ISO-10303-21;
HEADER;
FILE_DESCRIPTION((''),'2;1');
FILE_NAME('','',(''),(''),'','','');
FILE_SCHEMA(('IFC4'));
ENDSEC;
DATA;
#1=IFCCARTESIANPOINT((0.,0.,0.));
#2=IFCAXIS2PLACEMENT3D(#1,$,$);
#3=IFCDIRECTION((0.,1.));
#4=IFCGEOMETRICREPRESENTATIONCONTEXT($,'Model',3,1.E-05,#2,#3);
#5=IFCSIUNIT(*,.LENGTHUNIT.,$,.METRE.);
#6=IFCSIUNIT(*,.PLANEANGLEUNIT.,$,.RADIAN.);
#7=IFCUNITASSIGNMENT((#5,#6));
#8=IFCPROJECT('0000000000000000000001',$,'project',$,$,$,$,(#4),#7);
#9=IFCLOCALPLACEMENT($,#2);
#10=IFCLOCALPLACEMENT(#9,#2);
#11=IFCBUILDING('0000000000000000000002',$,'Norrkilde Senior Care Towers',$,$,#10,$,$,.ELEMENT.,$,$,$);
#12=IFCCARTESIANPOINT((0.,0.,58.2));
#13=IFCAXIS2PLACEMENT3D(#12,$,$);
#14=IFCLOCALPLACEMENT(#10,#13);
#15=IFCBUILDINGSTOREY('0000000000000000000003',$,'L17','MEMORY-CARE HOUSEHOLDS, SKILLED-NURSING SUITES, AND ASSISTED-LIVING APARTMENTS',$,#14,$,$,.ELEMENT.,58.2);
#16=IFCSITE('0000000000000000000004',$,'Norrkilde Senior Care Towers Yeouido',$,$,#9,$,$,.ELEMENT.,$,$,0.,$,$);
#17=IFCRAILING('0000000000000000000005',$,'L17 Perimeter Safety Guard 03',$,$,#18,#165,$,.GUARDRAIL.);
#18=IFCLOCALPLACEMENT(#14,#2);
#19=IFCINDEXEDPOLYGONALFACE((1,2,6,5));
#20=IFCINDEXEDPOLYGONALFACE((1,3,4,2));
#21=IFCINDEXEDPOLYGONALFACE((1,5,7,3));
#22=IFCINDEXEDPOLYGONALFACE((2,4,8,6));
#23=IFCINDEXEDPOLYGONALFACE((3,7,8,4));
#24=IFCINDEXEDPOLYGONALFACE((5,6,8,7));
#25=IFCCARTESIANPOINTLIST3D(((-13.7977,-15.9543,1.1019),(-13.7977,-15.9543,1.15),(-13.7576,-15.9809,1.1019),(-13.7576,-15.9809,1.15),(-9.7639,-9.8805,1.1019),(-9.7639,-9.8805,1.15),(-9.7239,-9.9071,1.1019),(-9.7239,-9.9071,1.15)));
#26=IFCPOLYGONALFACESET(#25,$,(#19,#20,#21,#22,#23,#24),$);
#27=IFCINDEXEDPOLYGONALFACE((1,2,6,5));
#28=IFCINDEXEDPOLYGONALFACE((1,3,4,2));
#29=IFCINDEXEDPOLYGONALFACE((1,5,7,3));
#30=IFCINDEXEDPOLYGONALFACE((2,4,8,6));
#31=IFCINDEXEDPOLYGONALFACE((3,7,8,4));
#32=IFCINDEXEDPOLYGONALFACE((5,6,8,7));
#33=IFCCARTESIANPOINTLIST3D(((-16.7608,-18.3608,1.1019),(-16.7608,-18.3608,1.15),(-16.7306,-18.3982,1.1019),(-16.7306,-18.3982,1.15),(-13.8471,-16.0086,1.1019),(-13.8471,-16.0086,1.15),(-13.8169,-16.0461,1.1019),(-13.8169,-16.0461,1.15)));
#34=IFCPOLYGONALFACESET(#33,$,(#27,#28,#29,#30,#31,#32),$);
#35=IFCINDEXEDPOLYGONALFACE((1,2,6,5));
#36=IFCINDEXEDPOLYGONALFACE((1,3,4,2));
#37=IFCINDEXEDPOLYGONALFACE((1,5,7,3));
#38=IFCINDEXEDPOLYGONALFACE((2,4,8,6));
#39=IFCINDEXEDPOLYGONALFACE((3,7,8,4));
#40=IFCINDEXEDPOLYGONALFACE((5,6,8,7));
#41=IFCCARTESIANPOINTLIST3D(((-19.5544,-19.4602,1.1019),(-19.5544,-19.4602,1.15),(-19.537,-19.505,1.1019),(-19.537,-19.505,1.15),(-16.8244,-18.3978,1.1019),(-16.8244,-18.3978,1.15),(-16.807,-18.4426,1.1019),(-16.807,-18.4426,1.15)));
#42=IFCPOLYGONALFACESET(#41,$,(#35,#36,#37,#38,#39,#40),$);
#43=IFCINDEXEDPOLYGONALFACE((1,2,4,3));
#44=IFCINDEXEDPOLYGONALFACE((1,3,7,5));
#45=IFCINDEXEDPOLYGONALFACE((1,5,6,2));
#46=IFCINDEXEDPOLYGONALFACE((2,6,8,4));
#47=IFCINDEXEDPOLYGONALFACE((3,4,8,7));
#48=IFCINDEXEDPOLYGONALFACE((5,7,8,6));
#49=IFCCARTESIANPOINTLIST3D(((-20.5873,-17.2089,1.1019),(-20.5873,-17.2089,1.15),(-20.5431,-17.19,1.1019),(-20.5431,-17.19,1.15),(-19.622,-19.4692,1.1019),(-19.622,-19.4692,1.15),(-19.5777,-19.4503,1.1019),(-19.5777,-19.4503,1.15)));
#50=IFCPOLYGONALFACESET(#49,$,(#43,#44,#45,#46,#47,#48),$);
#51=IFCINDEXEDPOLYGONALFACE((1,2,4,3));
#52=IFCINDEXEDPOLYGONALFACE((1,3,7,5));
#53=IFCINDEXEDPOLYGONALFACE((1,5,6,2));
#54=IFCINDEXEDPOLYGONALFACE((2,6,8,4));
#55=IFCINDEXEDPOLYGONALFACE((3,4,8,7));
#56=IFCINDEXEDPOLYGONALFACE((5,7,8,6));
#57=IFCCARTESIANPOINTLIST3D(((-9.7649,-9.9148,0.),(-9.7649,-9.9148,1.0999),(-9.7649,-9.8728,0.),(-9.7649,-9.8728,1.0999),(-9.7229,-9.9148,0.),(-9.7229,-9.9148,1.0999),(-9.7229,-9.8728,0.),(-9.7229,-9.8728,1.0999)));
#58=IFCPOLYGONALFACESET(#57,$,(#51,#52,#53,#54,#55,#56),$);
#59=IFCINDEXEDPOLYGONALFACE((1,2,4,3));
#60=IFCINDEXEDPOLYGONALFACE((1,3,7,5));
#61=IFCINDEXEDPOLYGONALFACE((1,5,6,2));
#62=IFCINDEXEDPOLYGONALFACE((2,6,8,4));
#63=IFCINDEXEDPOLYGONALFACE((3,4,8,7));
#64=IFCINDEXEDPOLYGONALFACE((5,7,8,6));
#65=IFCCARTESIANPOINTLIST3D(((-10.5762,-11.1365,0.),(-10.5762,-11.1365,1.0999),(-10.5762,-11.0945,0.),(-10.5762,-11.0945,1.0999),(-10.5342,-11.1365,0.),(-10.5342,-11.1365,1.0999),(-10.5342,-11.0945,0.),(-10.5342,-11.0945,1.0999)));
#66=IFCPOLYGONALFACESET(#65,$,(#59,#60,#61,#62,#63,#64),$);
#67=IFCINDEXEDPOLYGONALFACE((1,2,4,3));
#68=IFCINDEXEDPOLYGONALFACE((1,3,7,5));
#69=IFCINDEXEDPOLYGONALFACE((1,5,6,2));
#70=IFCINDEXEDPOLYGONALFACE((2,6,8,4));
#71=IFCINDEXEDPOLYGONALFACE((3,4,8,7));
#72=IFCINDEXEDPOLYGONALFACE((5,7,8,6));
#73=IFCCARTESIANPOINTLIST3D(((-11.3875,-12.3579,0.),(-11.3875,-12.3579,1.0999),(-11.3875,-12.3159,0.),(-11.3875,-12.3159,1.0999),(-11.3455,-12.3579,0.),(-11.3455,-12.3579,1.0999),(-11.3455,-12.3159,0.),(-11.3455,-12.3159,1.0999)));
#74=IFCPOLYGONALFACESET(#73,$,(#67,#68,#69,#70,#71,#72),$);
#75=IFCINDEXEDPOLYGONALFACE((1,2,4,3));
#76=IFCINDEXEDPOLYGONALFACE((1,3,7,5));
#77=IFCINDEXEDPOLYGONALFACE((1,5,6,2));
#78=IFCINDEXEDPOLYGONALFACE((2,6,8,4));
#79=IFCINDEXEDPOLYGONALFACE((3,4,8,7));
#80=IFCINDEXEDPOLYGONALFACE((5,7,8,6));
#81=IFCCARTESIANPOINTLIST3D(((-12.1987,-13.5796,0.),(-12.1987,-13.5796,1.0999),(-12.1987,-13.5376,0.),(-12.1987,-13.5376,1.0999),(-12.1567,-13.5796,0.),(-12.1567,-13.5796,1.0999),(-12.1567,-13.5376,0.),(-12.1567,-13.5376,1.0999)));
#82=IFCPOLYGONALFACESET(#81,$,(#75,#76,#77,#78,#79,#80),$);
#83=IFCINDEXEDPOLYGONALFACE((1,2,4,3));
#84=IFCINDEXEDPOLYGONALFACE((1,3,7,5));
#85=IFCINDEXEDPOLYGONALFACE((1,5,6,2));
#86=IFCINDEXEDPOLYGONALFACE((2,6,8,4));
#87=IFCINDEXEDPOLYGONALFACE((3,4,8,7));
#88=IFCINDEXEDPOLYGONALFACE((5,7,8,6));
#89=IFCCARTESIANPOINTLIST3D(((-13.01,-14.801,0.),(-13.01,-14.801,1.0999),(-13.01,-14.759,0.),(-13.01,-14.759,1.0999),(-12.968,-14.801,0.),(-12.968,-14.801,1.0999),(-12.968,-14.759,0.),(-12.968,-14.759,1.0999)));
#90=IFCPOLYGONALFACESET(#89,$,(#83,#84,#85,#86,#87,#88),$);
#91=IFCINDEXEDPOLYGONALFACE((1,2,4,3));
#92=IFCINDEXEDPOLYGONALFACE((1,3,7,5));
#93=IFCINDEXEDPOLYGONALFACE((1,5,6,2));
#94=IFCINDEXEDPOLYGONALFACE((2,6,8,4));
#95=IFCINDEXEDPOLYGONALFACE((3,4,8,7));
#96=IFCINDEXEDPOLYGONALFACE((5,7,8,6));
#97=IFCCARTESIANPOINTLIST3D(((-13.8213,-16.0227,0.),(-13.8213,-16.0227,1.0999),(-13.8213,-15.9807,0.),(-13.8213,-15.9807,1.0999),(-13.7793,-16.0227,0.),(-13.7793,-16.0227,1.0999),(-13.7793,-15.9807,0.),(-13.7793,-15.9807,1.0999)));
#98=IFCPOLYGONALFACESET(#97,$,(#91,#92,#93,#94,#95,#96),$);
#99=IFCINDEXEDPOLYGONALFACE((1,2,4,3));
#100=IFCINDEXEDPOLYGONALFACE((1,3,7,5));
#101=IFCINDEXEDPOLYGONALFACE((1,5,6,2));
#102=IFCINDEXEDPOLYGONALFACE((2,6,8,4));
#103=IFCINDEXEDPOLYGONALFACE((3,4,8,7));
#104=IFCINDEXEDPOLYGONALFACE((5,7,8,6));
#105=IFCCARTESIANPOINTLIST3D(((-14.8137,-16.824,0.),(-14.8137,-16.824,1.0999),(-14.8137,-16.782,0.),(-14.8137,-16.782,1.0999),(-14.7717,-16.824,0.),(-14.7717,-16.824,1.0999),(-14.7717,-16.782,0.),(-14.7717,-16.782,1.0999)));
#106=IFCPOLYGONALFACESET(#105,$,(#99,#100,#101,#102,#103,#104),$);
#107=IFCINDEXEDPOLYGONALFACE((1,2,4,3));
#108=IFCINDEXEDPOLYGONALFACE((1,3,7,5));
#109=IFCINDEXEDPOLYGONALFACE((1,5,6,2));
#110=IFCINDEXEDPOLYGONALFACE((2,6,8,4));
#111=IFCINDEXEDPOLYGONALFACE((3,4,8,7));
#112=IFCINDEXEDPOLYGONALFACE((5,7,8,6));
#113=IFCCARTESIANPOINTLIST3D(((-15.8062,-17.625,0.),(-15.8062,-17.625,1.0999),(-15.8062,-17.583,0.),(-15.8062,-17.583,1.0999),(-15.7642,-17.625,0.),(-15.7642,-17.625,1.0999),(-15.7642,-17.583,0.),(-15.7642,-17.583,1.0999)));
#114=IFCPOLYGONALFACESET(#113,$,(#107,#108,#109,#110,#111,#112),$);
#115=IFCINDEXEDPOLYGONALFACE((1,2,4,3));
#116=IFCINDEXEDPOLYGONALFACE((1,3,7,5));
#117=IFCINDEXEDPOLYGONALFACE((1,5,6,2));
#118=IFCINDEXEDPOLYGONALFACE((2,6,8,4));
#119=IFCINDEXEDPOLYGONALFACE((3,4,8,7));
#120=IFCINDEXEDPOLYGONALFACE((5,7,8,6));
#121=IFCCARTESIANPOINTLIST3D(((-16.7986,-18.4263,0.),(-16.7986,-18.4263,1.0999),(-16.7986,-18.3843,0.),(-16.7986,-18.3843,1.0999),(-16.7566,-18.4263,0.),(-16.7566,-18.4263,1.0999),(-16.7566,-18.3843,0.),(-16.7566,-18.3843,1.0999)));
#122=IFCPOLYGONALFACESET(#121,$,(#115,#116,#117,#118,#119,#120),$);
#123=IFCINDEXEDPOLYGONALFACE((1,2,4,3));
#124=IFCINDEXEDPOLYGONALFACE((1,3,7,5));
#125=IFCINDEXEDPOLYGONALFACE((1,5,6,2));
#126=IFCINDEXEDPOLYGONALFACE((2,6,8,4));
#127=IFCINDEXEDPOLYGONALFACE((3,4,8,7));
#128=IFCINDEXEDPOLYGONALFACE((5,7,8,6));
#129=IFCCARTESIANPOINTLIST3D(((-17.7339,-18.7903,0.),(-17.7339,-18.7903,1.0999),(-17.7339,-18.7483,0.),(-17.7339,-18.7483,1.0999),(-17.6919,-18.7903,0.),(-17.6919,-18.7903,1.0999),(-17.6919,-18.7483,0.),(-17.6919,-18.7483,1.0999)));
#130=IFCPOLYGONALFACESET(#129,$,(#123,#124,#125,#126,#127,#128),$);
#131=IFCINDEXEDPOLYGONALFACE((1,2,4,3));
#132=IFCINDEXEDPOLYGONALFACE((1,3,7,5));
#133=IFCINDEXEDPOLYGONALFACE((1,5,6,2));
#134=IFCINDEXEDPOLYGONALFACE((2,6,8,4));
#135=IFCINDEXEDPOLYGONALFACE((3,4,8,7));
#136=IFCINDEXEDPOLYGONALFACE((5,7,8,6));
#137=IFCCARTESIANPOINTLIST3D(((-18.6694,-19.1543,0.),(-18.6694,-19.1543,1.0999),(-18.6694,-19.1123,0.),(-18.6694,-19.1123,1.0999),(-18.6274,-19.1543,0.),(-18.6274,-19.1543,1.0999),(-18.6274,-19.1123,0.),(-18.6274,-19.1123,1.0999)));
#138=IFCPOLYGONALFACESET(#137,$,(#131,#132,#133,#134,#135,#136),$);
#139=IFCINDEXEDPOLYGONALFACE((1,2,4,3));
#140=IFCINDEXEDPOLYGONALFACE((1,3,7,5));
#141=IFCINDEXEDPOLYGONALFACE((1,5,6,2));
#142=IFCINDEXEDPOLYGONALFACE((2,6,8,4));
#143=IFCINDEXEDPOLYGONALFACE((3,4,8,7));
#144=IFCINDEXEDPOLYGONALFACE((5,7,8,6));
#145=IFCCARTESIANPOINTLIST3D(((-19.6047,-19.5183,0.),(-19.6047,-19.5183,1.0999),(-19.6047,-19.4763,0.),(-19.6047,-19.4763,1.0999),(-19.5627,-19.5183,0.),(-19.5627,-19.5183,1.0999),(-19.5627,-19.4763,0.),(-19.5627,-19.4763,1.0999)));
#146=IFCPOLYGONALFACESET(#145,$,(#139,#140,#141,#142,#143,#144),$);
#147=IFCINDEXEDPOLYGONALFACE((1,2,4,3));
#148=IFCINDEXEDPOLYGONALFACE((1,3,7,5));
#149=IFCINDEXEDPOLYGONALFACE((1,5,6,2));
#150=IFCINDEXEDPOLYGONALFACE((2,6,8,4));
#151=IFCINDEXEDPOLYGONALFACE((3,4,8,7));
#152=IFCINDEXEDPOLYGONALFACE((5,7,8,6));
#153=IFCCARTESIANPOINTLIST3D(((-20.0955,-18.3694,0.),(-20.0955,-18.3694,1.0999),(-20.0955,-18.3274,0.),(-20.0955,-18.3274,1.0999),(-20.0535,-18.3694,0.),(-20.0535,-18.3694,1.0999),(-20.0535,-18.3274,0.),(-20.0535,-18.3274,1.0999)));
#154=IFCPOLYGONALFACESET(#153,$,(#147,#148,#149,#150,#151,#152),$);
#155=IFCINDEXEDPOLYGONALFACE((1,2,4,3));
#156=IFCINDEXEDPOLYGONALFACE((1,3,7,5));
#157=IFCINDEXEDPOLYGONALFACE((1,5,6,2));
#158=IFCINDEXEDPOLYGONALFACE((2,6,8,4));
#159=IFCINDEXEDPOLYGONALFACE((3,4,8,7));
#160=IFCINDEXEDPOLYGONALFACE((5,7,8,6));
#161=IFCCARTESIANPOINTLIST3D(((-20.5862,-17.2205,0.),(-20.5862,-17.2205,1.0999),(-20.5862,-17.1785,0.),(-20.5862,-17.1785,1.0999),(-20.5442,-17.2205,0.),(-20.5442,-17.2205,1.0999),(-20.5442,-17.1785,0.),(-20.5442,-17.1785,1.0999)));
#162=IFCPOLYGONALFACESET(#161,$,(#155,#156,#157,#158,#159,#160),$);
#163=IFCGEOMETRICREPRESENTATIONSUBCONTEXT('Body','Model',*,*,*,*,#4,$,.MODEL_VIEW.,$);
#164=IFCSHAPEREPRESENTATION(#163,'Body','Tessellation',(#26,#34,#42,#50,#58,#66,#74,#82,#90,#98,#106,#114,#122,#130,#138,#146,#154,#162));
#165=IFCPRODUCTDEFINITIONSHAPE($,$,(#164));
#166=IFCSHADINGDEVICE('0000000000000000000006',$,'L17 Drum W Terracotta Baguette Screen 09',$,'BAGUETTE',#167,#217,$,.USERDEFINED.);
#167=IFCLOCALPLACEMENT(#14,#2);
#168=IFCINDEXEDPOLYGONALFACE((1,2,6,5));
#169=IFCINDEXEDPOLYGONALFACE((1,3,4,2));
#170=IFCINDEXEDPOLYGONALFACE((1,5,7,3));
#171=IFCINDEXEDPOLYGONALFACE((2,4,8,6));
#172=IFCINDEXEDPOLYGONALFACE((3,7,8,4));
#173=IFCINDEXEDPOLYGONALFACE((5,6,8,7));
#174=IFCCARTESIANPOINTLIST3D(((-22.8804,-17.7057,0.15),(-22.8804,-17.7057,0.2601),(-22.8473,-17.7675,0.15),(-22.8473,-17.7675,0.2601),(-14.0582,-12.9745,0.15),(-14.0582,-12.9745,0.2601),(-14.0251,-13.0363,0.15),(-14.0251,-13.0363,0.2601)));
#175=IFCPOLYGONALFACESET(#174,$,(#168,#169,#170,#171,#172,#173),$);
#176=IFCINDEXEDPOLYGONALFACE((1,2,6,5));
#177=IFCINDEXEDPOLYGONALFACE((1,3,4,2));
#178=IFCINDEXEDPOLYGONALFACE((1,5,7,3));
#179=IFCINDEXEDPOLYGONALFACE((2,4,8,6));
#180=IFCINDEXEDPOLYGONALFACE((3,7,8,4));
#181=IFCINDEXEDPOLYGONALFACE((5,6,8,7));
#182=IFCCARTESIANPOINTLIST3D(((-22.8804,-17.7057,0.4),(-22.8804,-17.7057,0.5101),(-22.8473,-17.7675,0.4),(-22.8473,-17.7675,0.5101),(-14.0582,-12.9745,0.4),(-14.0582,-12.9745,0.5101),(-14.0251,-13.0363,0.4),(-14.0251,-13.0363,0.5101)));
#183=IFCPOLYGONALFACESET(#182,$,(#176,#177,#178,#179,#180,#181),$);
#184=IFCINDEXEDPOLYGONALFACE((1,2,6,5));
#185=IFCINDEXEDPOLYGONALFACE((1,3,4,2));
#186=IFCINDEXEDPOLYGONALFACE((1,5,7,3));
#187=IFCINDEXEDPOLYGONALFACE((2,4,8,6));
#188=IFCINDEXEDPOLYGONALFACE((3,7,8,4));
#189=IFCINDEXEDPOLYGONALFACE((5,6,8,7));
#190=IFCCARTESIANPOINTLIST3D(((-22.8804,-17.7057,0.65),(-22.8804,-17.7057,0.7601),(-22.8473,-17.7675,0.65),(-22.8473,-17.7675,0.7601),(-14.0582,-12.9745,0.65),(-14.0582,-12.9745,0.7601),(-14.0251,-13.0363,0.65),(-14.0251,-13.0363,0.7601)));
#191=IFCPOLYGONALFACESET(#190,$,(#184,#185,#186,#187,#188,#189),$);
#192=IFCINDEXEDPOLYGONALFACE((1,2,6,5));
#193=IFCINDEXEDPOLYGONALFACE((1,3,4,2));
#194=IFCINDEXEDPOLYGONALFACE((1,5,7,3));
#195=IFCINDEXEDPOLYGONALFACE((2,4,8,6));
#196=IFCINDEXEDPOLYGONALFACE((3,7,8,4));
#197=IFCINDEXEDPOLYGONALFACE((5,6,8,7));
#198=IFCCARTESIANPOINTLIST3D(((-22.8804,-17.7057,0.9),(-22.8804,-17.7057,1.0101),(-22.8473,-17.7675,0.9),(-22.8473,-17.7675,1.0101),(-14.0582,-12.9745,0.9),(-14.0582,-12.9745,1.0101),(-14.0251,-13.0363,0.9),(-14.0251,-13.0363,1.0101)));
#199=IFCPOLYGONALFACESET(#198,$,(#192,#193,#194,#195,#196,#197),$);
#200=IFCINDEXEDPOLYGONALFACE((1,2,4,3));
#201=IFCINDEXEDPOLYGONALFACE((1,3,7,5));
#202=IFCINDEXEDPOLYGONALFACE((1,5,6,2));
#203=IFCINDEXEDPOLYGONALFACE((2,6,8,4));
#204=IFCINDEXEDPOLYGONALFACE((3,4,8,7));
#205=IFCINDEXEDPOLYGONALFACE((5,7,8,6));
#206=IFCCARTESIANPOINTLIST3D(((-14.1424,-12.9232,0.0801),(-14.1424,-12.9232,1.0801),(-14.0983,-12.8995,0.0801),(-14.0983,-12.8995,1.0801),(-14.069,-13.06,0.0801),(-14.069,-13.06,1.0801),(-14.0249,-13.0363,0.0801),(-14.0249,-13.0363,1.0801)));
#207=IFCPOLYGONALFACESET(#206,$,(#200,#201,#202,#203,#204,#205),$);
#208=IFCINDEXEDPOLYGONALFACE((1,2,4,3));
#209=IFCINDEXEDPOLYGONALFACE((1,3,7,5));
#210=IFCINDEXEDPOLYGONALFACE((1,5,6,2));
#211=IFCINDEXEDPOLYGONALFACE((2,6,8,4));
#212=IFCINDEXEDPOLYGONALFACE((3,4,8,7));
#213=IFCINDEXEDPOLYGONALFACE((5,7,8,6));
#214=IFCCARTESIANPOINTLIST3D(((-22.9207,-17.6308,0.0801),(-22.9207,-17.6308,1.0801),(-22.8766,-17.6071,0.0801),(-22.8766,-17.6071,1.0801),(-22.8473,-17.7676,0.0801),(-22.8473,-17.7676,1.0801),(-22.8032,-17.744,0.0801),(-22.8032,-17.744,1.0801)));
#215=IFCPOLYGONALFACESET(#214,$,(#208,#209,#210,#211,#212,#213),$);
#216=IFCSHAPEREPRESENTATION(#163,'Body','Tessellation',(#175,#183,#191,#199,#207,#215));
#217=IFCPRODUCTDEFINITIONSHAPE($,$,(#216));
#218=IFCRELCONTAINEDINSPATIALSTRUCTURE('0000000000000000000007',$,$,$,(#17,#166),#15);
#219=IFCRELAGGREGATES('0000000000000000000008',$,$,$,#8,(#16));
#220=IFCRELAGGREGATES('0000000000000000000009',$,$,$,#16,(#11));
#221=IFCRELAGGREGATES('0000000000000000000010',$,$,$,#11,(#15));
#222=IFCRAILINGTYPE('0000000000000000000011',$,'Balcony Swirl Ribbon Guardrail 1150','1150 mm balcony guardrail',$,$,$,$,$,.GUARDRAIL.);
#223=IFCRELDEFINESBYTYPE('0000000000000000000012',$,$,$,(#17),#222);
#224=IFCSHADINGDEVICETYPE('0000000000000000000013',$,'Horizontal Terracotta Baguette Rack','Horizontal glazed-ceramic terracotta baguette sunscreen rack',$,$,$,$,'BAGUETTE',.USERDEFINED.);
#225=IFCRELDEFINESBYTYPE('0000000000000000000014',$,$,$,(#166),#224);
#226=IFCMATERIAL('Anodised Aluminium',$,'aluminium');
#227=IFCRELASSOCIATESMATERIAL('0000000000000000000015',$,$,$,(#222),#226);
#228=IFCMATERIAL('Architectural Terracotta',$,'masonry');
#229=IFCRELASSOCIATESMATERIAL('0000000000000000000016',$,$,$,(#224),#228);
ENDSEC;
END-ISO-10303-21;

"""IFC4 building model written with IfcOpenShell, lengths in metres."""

from ifc_helpers import new_model, si_unit, direction, frame, origin, origin_2d, place, context, subcontext, project, spatial, rectangle, extrude, source, transform, mapped, material, type_object, type_shapes, element, save


model = new_model("IFC4")

# Units and contexts
model_context = context("Model", 3, precision=1e-05, world=origin(), true_north=direction((0.0, 1.0)))
body_context = subcontext(model_context, "Body", "Model", "MODEL_VIEW")
ifc_project = project(units=[si_unit("LENGTHUNIT", "METRE"), si_unit("PLANEANGLEUNIT", "RADIAN")], contexts=[model_context])

# Site, building, storey
site_placement = place(None, origin())
site = spatial("IfcSite", under=ifc_project, at=site_placement, Name="Norrkilde Senior Care Towers Yeouido", CompositionType="ELEMENT", RefElevation=0.0)
building_placement = place(site_placement, origin())
building = spatial("IfcBuilding", under=site, at=building_placement, Name="Norrkilde Senior Care Towers", CompositionType="ELEMENT")
storey_placement = place(building_placement, frame((0.0, 0.0, 58.2)))
storey = spatial("IfcBuildingStorey", under=building, at=storey_placement, Name="L17", Description="MEMORY-CARE HOUSEHOLDS, SKILLED-NURSING SUITES, AND ASSISTED-LIVING APARTMENTS", CompositionType="ELEMENT", Elevation=58.2)

# Shared definitions
ifc_material_1 = material(Name="Anodised Aluminium", Category="aluminium")

# Railing
railing_type = type_object("IfcRailingType", Name="Balcony Swirl Ribbon Guardrail 1150", Description="1150 mm balcony guardrail", PredefinedType="GUARDRAIL", material=ifc_material_1)
railing_placement = place(storey_placement, frame((-9.7439, -9.8938, 0.0)))
element("IfcRailing", 1, at=railing_placement, inside=storey, type_object=railing_type, Name="L17 Perimeter Safety Guard 03", PredefinedType="GUARDRAIL", context=body_context, shape_type="SweptSolid", body=[
    extrude(rectangle(XDim=0.0481, YDim=0.0481, at=origin_2d()), frame((0.0, 0.0, 1.126), z_axis=(-0.553232, -0.833027, 0.0), x_axis=(0.833027, -0.553232, 0.0)), (0.0, 0.0, 1.0), 7.2913),
    extrude(rectangle(XDim=0.0481, YDim=0.0481, at=origin_2d()), frame((-4.0881, -6.1335, 1.126), z_axis=(-0.778091, -0.628151, 0.0), x_axis=(0.628151, -0.778091, 0.0)), (0.0, 0.0, 1.0), 3.7446),
    extrude(rectangle(XDim=0.0481, YDim=0.0481, at=origin_2d()), frame((-7.0718, -8.5264, 1.126), z_axis=(-0.931919, -0.362665, 0.0), x_axis=(0.362665, -0.931919, 0.0)), (0.0, 0.0, 1.0), 2.9294),
    extrude(rectangle(XDim=0.0481, YDim=0.0481, at=origin_2d()), frame((-9.856, -9.5659, 1.126), z_axis=(-0.392787, 0.91963, 0.0), x_axis=(-0.91963, -0.392787, 0.0)), (0.0, 0.0, 1.0), 2.4578),
    extrude(rectangle(XDim=0.042, YDim=0.042, at=origin_2d()), origin(), (0.0, 0.0, 1.0), 1.0999),
    extrude(rectangle(XDim=0.042, YDim=0.042, at=origin_2d()), frame((-0.8113, -1.2217, 0.0)), (0.0, 0.0, 1.0), 1.0999),
    extrude(rectangle(XDim=0.042, YDim=0.042, at=origin_2d()), frame((-1.6226, -2.4431, 0.0)), (0.0, 0.0, 1.0), 1.0999),
    extrude(rectangle(XDim=0.042, YDim=0.042, at=origin_2d()), frame((-2.4338, -3.6648, 0.0)), (0.0, 0.0, 1.0), 1.0999),
    extrude(rectangle(XDim=0.042, YDim=0.042, at=origin_2d()), frame((-3.2451, -4.8862, 0.0)), (0.0, 0.0, 1.0), 1.0999),
    extrude(rectangle(XDim=0.042, YDim=0.042, at=origin_2d()), frame((-4.0564, -6.1079, 0.0)), (0.0, 0.0, 1.0), 1.0999),
    extrude(rectangle(XDim=0.042, YDim=0.042, at=origin_2d()), frame((-5.0488, -6.9092, 0.0)), (0.0, 0.0, 1.0), 1.0999),
    extrude(rectangle(XDim=0.042, YDim=0.042, at=origin_2d()), frame((-6.0413, -7.7102, 0.0)), (0.0, 0.0, 1.0), 1.0999),
    extrude(rectangle(XDim=0.042, YDim=0.042, at=origin_2d()), frame((-7.0337, -8.5115, 0.0)), (0.0, 0.0, 1.0), 1.0999),
    extrude(rectangle(XDim=0.042, YDim=0.042, at=origin_2d()), frame((-7.969, -8.8755, 0.0)), (0.0, 0.0, 1.0), 1.0999),
    extrude(rectangle(XDim=0.042, YDim=0.042, at=origin_2d()), frame((-8.9045, -9.2395, 0.0)), (0.0, 0.0, 1.0), 1.0999),
    extrude(rectangle(XDim=0.042, YDim=0.042, at=origin_2d()), frame((-9.8398, -9.6035, 0.0)), (0.0, 0.0, 1.0), 1.0999),
    extrude(rectangle(XDim=0.042, YDim=0.042, at=origin_2d()), frame((-10.3306, -8.4546, 0.0)), (0.0, 0.0, 1.0), 1.0999),
    extrude(rectangle(XDim=0.042, YDim=0.042, at=origin_2d()), frame((-10.8213, -7.3057, 0.0)), (0.0, 0.0, 1.0), 1.0999),
])

# Shading device
ifc_material_2 = material(Name="Architectural Terracotta", Category="masonry")
shading_device_type = type_object("IfcShadingDeviceType", Name="Horizontal Terracotta Baguette Rack", Description="Horizontal glazed-ceramic terracotta baguette sunscreen rack", ElementType="BAGUETTE", PredefinedType="USERDEFINED", material=ifc_material_2)
shared_shape_1 = source(origin(), body_context, "Body", "SweptSolid", [
    extrude(rectangle(XDim=0.0701, YDim=0.1101, at=origin_2d()), frame((0.0, 0.0901, 0.125), z_axis=(1.0, 0.0, 0.0), x_axis=(0.0, 1.0, 0.0)), (0.0, 0.0, 1.0), 10.0107),
    extrude(rectangle(XDim=0.0701, YDim=0.1101, at=origin_2d()), frame((0.0, 0.0901, 0.375), z_axis=(1.0, 0.0, 0.0), x_axis=(0.0, 1.0, 0.0)), (0.0, 0.0, 1.0), 10.0107),
    extrude(rectangle(XDim=0.0701, YDim=0.1101, at=origin_2d()), frame((0.0, 0.0901, 0.625), z_axis=(1.0, 0.0, 0.0), x_axis=(0.0, 1.0, 0.0)), (0.0, 0.0, 1.0), 10.0107),
    extrude(rectangle(XDim=0.0701, YDim=0.1101, at=origin_2d()), frame((0.0, 0.0901, 0.875), z_axis=(1.0, 0.0, 0.0), x_axis=(0.0, 1.0, 0.0)), (0.0, 0.0, 1.0), 10.0107),
    extrude(rectangle(XDim=0.05, YDim=0.1553, at=origin_2d()), frame((0.0249, 0.0476, 0.0)), (0.0, 0.0, 1.0), 1.0),
    extrude(rectangle(XDim=0.05, YDim=0.1553, at=origin_2d()), frame((9.9858, 0.0476, 0.0)), (0.0, 0.0, 1.0), 1.0),
])
type_shapes(shading_device_type, [shared_shape_1])
shading_device_placement = place(storey_placement, frame((-14.0842, -12.926, 0.0801), z_axis=(0.0, 0.0, 1.0), x_axis=(-0.88128, -0.472612, 0.0)))
element("IfcShadingDevice", 2, at=shading_device_placement, inside=storey, type_object=shading_device_type, Name="L17 Drum W Terracotta Baguette Screen 09", ObjectType="BAGUETTE", PredefinedType="USERDEFINED", context=body_context, shape_type="MappedRepresentation", body=[
    mapped(shared_shape_1, transform((0.0, 0.0, 0.0), x_axis=(1.0, 0.0, 0.0), y_axis=(0.0, 1.0, 0.0), z_axis=(0.0, 0.0, 1.0), scale=1.0)),
])

save(model, "model.ifc")
